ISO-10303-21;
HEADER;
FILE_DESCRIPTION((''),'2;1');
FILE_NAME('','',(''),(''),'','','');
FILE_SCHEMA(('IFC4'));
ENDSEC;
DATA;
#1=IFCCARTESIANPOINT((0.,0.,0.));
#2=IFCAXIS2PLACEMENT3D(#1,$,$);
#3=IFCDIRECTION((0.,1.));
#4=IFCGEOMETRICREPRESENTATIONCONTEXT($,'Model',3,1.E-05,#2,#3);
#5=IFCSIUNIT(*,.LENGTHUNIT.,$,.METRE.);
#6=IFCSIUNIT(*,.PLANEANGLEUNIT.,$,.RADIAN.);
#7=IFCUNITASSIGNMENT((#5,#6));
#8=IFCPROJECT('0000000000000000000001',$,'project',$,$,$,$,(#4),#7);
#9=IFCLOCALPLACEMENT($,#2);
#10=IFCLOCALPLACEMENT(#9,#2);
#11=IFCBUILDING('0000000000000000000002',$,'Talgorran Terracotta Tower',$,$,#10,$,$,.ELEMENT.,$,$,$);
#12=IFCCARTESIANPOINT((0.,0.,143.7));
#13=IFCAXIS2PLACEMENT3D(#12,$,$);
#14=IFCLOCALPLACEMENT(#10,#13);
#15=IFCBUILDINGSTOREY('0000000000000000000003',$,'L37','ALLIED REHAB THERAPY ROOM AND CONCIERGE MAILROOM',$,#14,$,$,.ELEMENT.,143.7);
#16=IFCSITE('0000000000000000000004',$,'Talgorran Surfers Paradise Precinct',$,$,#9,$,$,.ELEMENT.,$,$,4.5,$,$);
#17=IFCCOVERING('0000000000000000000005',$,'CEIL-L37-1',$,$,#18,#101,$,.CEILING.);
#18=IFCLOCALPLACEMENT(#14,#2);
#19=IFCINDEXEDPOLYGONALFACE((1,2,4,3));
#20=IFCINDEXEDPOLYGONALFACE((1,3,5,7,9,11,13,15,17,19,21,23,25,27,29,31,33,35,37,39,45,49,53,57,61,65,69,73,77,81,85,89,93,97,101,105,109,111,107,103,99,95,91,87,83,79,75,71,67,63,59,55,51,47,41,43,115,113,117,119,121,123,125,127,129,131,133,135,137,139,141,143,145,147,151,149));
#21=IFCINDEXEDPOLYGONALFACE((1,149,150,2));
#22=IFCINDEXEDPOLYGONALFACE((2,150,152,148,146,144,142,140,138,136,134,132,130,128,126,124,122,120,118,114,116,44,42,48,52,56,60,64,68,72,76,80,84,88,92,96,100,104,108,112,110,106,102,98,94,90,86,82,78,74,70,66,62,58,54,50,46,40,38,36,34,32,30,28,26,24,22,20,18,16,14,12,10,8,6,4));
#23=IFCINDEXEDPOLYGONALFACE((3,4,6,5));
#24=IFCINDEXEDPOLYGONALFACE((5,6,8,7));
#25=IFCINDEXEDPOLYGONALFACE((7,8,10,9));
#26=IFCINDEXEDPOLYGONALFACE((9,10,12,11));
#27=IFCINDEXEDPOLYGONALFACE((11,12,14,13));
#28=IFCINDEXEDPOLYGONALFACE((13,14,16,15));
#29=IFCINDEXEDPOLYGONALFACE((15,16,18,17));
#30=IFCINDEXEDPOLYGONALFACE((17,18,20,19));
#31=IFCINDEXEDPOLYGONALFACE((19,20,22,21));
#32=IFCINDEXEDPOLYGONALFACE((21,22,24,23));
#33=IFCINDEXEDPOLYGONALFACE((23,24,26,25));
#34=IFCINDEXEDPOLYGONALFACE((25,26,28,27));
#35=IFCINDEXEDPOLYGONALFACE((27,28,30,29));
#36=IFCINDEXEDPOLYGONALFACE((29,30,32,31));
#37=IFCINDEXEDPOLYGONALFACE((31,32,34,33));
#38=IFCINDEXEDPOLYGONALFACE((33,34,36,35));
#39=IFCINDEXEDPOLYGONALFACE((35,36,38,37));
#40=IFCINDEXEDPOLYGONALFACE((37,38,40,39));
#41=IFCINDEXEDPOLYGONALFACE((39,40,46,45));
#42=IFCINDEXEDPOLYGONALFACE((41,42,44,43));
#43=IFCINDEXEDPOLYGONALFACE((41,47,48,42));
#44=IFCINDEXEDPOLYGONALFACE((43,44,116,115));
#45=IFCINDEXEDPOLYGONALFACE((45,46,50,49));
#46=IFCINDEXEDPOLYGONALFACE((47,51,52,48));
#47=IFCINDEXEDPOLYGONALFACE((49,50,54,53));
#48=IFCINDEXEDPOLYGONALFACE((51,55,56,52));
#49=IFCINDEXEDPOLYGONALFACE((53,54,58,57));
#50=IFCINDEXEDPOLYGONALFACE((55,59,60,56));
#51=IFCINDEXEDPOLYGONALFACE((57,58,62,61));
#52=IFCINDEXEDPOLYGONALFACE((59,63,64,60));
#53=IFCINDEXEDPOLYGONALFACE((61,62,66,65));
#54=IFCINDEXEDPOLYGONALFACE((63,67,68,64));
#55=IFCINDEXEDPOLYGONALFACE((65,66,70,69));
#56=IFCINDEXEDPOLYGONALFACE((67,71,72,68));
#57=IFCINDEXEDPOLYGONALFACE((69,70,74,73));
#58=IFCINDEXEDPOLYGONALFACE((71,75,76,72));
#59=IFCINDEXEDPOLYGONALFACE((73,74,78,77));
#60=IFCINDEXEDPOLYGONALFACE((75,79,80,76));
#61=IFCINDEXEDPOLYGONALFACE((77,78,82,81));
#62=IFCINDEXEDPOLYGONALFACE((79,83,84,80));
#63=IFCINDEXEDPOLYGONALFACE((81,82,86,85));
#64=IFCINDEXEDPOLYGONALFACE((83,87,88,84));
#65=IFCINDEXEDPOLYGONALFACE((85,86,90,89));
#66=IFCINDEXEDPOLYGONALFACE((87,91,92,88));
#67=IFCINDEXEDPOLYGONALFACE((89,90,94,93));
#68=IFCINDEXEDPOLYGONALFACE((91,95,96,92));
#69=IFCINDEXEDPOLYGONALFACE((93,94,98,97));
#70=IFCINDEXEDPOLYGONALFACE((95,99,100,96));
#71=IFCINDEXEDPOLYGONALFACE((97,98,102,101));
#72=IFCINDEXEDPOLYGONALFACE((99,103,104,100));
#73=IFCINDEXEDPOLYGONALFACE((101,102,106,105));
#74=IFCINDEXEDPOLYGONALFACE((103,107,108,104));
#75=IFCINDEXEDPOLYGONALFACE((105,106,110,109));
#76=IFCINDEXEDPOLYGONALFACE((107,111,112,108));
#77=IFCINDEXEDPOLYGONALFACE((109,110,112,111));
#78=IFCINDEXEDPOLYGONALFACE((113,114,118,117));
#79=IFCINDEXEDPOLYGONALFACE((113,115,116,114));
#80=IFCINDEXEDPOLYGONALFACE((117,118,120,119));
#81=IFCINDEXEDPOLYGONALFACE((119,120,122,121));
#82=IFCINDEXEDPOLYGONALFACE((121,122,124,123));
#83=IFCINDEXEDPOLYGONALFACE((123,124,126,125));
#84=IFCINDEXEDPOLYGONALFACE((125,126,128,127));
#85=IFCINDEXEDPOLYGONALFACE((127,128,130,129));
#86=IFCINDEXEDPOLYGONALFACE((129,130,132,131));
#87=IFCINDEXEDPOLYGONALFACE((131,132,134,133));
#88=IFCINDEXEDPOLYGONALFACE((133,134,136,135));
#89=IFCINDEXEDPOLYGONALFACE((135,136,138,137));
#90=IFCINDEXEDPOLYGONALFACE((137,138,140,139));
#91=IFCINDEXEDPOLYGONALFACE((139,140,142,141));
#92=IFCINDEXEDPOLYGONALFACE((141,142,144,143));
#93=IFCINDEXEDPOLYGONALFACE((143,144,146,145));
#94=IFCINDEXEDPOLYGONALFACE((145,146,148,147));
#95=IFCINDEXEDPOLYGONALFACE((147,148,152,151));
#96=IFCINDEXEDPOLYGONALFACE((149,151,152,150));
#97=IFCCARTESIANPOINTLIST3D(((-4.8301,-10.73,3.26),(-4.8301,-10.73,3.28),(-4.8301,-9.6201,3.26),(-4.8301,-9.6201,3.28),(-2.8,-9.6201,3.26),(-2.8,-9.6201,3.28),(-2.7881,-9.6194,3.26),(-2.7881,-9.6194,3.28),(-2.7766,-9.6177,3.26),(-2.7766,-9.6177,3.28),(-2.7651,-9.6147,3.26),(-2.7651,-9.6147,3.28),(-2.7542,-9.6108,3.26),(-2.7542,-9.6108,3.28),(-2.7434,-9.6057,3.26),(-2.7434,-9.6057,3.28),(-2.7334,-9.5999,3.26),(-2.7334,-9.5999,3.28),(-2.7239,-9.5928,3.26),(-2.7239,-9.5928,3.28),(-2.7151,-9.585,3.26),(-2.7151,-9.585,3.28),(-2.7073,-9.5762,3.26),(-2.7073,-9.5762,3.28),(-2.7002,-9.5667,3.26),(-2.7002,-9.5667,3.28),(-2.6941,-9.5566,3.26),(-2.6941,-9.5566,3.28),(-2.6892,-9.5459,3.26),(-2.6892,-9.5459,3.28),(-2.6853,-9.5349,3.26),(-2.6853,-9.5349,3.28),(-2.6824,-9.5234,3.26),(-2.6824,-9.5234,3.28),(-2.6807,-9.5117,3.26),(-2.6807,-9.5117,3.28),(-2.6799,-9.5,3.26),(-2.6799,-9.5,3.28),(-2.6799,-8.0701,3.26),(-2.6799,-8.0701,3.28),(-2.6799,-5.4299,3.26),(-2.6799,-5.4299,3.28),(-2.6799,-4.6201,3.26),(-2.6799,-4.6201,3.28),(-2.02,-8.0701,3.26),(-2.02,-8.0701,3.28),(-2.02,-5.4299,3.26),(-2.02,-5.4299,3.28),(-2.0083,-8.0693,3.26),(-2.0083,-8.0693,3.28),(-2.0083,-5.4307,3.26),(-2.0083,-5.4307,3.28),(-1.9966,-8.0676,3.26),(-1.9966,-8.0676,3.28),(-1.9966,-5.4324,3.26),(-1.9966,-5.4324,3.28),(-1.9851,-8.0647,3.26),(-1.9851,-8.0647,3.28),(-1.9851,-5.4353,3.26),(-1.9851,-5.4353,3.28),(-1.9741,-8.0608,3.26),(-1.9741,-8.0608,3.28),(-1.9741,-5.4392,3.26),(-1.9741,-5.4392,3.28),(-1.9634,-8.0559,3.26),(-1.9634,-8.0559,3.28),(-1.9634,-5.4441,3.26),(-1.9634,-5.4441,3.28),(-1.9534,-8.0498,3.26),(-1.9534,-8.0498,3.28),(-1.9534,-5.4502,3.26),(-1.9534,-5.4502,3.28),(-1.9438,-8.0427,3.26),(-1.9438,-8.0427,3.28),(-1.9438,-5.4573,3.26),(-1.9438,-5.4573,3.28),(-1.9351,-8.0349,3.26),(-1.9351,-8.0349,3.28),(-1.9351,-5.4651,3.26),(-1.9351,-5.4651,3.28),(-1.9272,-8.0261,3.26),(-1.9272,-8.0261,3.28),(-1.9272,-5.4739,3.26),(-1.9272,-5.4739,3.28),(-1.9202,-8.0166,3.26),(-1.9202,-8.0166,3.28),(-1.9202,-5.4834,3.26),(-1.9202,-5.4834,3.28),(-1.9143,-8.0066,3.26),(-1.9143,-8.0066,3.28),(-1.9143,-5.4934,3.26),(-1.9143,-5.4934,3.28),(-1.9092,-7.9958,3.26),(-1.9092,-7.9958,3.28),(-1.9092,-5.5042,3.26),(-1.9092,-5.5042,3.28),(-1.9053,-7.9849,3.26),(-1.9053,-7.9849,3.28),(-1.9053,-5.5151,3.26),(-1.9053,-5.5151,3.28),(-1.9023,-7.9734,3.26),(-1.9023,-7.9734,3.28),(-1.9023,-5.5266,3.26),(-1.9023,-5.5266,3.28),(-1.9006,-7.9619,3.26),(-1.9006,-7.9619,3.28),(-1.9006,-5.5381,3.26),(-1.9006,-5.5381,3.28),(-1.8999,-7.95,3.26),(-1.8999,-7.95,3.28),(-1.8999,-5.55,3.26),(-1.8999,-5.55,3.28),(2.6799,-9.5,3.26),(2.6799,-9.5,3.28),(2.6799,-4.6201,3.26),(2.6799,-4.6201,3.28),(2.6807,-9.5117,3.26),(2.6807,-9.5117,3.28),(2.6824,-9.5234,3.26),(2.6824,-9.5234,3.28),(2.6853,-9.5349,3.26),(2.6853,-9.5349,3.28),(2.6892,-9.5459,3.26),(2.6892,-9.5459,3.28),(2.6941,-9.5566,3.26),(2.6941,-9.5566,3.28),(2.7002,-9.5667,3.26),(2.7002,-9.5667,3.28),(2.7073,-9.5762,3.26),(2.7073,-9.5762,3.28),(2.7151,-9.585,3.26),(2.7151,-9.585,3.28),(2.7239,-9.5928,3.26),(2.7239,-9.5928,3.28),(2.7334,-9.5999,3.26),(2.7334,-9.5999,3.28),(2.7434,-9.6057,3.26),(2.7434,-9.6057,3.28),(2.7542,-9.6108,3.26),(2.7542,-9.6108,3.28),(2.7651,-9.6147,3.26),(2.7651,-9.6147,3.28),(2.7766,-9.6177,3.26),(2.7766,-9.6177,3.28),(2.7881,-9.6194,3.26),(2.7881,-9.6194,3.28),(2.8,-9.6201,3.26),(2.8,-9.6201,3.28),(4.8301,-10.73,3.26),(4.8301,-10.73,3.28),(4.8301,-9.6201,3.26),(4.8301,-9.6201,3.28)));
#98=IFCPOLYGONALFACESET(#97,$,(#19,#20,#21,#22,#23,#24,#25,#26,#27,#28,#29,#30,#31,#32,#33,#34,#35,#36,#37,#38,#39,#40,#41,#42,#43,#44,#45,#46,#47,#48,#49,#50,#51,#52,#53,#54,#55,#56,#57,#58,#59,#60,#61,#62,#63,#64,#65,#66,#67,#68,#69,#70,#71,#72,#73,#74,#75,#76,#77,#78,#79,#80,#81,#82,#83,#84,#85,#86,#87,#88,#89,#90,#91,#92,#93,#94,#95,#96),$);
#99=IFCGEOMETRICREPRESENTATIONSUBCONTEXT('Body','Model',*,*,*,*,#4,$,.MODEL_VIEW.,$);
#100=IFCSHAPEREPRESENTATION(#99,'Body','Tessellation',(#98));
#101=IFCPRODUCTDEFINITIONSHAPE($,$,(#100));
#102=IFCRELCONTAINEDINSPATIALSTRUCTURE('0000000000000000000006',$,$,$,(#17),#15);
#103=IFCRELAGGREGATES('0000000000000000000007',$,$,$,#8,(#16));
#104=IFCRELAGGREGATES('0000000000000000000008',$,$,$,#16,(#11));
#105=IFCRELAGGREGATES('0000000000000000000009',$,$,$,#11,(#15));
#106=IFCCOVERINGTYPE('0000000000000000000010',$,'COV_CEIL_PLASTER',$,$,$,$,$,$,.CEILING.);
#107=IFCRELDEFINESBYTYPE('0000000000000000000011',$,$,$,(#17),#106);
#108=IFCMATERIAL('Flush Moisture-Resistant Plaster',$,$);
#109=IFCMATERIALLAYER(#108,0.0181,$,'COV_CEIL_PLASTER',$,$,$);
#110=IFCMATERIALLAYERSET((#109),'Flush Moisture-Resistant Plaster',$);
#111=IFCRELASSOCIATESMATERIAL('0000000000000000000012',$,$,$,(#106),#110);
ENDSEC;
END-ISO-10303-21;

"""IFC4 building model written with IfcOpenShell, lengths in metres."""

from ifc_helpers import new_model, si_unit, direction, frame, origin, place, context, subcontext, project, spatial, polyline, outline, extrude, material, layer, layer_set, type_object, element, save


model = new_model("IFC4")

# Units and contexts
model_context = context("Model", 3, precision=1e-05, world=origin(), true_north=direction((0.0, 1.0)))
body_context = subcontext(model_context, "Body", "Model", "MODEL_VIEW")
ifc_project = project(units=[si_unit("LENGTHUNIT", "METRE"), si_unit("PLANEANGLEUNIT", "RADIAN")], contexts=[model_context])

# Site, building, storey
site_placement = place(None, origin())
site = spatial("IfcSite", under=ifc_project, at=site_placement, Name="Talgorran Surfers Paradise Precinct", CompositionType="ELEMENT", RefElevation=4.5)
building_placement = place(site_placement, origin())
building = spatial("IfcBuilding", under=site, at=building_placement, Name="Talgorran Terracotta Tower", CompositionType="ELEMENT")
storey_placement = place(building_placement, frame((0.0, 0.0, 143.7)))
storey = spatial("IfcBuildingStorey", under=building, at=storey_placement, Name="L37", Description="ALLIED REHAB THERAPY ROOM AND CONCIERGE MAILROOM", CompositionType="ELEMENT", Elevation=143.7)

# Covering
ifc_material_1 = material(Name="Flush Moisture-Resistant Plaster")
ifc_layer_1 = layer(ifc_material_1, 0.0181, Name="COV_CEIL_PLASTER")
ifc_layer_set_1 = layer_set([ifc_layer_1], Name="Flush Moisture-Resistant Plaster")
covering_type_1 = type_object("IfcCoveringType", Name="COV_CEIL_PLASTER", PredefinedType="CEILING", material=ifc_layer_set_1)
covering_1_placement = place(storey_placement, frame((0.0, 0.0, 3.26)))
element("IfcCovering", 1, at=covering_1_placement, inside=storey, type_object=covering_type_1, Name="CEIL-L37-1", PredefinedType="CEILING", context=body_context, shape_type="SweptSolid", body=[
    extrude(outline(polyline([(2.6799, -4.6201), (2.6799, -9.5), (2.6807, -9.5117), (2.6824, -9.5234), (2.6853, -9.5349), (2.6892, -9.5459), (2.6941, -9.5566), (2.7002, -9.5667), (2.7073, -9.5762), (2.7151, -9.585), (2.7239, -9.5928), (2.7334, -9.5999), (2.7434, -9.6057), (2.7542, -9.6108), (2.7651, -9.6147), (2.7766, -9.6177), (2.7881, -9.6194), (2.8, -9.6201), (4.8301, -9.6201), (4.8301, -10.73), (-4.8301, -10.73), (-4.8301, -9.6201), (-2.8, -9.6201), (-2.7881, -9.6194), (-2.7766, -9.6177), (-2.7651, -9.6147), (-2.7542, -9.6108), (-2.7434, -9.6057), (-2.7334, -9.5999), (-2.7239, -9.5928), (-2.7151, -9.585), (-2.7073, -9.5762), (-2.7002, -9.5667), (-2.6941, -9.5566), (-2.6892, -9.5459), (-2.6853, -9.5349), (-2.6824, -9.5234), (-2.6807, -9.5117), (-2.6799, -9.5), (-2.6799, -8.0701), (-2.02, -8.0701), (-2.0083, -8.0693), (-1.9966, -8.0676), (-1.9851, -8.0647), (-1.9741, -8.0608), (-1.9634, -8.0559), (-1.9534, -8.0498), (-1.9438, -8.0427), (-1.9351, -8.0349), (-1.9272, -8.0261), (-1.9202, -8.0166), (-1.9143, -8.0066), (-1.9092, -7.9958), (-1.9053, -7.9849), (-1.9023, -7.9734), (-1.9006, -7.9619), (-1.8999, -7.95), (-1.8999, -5.55), (-1.9006, -5.5381), (-1.9023, -5.5266), (-1.9053, -5.5151), (-1.9092, -5.5042), (-1.9143, -5.4934), (-1.9202, -5.4834), (-1.9272, -5.4739), (-1.9351, -5.4651), (-1.9438, -5.4573), (-1.9534, -5.4502), (-1.9634, -5.4441), (-1.9741, -5.4392), (-1.9851, -5.4353), (-1.9966, -5.4324), (-2.0083, -5.4307), (-2.02, -5.4299), (-2.6799, -5.4299), (-2.6799, -4.6201), (2.6799, -4.6201)])), origin(), (0.0, 0.0, 1.0), 0.02),
])

save(model, "model.ifc")
